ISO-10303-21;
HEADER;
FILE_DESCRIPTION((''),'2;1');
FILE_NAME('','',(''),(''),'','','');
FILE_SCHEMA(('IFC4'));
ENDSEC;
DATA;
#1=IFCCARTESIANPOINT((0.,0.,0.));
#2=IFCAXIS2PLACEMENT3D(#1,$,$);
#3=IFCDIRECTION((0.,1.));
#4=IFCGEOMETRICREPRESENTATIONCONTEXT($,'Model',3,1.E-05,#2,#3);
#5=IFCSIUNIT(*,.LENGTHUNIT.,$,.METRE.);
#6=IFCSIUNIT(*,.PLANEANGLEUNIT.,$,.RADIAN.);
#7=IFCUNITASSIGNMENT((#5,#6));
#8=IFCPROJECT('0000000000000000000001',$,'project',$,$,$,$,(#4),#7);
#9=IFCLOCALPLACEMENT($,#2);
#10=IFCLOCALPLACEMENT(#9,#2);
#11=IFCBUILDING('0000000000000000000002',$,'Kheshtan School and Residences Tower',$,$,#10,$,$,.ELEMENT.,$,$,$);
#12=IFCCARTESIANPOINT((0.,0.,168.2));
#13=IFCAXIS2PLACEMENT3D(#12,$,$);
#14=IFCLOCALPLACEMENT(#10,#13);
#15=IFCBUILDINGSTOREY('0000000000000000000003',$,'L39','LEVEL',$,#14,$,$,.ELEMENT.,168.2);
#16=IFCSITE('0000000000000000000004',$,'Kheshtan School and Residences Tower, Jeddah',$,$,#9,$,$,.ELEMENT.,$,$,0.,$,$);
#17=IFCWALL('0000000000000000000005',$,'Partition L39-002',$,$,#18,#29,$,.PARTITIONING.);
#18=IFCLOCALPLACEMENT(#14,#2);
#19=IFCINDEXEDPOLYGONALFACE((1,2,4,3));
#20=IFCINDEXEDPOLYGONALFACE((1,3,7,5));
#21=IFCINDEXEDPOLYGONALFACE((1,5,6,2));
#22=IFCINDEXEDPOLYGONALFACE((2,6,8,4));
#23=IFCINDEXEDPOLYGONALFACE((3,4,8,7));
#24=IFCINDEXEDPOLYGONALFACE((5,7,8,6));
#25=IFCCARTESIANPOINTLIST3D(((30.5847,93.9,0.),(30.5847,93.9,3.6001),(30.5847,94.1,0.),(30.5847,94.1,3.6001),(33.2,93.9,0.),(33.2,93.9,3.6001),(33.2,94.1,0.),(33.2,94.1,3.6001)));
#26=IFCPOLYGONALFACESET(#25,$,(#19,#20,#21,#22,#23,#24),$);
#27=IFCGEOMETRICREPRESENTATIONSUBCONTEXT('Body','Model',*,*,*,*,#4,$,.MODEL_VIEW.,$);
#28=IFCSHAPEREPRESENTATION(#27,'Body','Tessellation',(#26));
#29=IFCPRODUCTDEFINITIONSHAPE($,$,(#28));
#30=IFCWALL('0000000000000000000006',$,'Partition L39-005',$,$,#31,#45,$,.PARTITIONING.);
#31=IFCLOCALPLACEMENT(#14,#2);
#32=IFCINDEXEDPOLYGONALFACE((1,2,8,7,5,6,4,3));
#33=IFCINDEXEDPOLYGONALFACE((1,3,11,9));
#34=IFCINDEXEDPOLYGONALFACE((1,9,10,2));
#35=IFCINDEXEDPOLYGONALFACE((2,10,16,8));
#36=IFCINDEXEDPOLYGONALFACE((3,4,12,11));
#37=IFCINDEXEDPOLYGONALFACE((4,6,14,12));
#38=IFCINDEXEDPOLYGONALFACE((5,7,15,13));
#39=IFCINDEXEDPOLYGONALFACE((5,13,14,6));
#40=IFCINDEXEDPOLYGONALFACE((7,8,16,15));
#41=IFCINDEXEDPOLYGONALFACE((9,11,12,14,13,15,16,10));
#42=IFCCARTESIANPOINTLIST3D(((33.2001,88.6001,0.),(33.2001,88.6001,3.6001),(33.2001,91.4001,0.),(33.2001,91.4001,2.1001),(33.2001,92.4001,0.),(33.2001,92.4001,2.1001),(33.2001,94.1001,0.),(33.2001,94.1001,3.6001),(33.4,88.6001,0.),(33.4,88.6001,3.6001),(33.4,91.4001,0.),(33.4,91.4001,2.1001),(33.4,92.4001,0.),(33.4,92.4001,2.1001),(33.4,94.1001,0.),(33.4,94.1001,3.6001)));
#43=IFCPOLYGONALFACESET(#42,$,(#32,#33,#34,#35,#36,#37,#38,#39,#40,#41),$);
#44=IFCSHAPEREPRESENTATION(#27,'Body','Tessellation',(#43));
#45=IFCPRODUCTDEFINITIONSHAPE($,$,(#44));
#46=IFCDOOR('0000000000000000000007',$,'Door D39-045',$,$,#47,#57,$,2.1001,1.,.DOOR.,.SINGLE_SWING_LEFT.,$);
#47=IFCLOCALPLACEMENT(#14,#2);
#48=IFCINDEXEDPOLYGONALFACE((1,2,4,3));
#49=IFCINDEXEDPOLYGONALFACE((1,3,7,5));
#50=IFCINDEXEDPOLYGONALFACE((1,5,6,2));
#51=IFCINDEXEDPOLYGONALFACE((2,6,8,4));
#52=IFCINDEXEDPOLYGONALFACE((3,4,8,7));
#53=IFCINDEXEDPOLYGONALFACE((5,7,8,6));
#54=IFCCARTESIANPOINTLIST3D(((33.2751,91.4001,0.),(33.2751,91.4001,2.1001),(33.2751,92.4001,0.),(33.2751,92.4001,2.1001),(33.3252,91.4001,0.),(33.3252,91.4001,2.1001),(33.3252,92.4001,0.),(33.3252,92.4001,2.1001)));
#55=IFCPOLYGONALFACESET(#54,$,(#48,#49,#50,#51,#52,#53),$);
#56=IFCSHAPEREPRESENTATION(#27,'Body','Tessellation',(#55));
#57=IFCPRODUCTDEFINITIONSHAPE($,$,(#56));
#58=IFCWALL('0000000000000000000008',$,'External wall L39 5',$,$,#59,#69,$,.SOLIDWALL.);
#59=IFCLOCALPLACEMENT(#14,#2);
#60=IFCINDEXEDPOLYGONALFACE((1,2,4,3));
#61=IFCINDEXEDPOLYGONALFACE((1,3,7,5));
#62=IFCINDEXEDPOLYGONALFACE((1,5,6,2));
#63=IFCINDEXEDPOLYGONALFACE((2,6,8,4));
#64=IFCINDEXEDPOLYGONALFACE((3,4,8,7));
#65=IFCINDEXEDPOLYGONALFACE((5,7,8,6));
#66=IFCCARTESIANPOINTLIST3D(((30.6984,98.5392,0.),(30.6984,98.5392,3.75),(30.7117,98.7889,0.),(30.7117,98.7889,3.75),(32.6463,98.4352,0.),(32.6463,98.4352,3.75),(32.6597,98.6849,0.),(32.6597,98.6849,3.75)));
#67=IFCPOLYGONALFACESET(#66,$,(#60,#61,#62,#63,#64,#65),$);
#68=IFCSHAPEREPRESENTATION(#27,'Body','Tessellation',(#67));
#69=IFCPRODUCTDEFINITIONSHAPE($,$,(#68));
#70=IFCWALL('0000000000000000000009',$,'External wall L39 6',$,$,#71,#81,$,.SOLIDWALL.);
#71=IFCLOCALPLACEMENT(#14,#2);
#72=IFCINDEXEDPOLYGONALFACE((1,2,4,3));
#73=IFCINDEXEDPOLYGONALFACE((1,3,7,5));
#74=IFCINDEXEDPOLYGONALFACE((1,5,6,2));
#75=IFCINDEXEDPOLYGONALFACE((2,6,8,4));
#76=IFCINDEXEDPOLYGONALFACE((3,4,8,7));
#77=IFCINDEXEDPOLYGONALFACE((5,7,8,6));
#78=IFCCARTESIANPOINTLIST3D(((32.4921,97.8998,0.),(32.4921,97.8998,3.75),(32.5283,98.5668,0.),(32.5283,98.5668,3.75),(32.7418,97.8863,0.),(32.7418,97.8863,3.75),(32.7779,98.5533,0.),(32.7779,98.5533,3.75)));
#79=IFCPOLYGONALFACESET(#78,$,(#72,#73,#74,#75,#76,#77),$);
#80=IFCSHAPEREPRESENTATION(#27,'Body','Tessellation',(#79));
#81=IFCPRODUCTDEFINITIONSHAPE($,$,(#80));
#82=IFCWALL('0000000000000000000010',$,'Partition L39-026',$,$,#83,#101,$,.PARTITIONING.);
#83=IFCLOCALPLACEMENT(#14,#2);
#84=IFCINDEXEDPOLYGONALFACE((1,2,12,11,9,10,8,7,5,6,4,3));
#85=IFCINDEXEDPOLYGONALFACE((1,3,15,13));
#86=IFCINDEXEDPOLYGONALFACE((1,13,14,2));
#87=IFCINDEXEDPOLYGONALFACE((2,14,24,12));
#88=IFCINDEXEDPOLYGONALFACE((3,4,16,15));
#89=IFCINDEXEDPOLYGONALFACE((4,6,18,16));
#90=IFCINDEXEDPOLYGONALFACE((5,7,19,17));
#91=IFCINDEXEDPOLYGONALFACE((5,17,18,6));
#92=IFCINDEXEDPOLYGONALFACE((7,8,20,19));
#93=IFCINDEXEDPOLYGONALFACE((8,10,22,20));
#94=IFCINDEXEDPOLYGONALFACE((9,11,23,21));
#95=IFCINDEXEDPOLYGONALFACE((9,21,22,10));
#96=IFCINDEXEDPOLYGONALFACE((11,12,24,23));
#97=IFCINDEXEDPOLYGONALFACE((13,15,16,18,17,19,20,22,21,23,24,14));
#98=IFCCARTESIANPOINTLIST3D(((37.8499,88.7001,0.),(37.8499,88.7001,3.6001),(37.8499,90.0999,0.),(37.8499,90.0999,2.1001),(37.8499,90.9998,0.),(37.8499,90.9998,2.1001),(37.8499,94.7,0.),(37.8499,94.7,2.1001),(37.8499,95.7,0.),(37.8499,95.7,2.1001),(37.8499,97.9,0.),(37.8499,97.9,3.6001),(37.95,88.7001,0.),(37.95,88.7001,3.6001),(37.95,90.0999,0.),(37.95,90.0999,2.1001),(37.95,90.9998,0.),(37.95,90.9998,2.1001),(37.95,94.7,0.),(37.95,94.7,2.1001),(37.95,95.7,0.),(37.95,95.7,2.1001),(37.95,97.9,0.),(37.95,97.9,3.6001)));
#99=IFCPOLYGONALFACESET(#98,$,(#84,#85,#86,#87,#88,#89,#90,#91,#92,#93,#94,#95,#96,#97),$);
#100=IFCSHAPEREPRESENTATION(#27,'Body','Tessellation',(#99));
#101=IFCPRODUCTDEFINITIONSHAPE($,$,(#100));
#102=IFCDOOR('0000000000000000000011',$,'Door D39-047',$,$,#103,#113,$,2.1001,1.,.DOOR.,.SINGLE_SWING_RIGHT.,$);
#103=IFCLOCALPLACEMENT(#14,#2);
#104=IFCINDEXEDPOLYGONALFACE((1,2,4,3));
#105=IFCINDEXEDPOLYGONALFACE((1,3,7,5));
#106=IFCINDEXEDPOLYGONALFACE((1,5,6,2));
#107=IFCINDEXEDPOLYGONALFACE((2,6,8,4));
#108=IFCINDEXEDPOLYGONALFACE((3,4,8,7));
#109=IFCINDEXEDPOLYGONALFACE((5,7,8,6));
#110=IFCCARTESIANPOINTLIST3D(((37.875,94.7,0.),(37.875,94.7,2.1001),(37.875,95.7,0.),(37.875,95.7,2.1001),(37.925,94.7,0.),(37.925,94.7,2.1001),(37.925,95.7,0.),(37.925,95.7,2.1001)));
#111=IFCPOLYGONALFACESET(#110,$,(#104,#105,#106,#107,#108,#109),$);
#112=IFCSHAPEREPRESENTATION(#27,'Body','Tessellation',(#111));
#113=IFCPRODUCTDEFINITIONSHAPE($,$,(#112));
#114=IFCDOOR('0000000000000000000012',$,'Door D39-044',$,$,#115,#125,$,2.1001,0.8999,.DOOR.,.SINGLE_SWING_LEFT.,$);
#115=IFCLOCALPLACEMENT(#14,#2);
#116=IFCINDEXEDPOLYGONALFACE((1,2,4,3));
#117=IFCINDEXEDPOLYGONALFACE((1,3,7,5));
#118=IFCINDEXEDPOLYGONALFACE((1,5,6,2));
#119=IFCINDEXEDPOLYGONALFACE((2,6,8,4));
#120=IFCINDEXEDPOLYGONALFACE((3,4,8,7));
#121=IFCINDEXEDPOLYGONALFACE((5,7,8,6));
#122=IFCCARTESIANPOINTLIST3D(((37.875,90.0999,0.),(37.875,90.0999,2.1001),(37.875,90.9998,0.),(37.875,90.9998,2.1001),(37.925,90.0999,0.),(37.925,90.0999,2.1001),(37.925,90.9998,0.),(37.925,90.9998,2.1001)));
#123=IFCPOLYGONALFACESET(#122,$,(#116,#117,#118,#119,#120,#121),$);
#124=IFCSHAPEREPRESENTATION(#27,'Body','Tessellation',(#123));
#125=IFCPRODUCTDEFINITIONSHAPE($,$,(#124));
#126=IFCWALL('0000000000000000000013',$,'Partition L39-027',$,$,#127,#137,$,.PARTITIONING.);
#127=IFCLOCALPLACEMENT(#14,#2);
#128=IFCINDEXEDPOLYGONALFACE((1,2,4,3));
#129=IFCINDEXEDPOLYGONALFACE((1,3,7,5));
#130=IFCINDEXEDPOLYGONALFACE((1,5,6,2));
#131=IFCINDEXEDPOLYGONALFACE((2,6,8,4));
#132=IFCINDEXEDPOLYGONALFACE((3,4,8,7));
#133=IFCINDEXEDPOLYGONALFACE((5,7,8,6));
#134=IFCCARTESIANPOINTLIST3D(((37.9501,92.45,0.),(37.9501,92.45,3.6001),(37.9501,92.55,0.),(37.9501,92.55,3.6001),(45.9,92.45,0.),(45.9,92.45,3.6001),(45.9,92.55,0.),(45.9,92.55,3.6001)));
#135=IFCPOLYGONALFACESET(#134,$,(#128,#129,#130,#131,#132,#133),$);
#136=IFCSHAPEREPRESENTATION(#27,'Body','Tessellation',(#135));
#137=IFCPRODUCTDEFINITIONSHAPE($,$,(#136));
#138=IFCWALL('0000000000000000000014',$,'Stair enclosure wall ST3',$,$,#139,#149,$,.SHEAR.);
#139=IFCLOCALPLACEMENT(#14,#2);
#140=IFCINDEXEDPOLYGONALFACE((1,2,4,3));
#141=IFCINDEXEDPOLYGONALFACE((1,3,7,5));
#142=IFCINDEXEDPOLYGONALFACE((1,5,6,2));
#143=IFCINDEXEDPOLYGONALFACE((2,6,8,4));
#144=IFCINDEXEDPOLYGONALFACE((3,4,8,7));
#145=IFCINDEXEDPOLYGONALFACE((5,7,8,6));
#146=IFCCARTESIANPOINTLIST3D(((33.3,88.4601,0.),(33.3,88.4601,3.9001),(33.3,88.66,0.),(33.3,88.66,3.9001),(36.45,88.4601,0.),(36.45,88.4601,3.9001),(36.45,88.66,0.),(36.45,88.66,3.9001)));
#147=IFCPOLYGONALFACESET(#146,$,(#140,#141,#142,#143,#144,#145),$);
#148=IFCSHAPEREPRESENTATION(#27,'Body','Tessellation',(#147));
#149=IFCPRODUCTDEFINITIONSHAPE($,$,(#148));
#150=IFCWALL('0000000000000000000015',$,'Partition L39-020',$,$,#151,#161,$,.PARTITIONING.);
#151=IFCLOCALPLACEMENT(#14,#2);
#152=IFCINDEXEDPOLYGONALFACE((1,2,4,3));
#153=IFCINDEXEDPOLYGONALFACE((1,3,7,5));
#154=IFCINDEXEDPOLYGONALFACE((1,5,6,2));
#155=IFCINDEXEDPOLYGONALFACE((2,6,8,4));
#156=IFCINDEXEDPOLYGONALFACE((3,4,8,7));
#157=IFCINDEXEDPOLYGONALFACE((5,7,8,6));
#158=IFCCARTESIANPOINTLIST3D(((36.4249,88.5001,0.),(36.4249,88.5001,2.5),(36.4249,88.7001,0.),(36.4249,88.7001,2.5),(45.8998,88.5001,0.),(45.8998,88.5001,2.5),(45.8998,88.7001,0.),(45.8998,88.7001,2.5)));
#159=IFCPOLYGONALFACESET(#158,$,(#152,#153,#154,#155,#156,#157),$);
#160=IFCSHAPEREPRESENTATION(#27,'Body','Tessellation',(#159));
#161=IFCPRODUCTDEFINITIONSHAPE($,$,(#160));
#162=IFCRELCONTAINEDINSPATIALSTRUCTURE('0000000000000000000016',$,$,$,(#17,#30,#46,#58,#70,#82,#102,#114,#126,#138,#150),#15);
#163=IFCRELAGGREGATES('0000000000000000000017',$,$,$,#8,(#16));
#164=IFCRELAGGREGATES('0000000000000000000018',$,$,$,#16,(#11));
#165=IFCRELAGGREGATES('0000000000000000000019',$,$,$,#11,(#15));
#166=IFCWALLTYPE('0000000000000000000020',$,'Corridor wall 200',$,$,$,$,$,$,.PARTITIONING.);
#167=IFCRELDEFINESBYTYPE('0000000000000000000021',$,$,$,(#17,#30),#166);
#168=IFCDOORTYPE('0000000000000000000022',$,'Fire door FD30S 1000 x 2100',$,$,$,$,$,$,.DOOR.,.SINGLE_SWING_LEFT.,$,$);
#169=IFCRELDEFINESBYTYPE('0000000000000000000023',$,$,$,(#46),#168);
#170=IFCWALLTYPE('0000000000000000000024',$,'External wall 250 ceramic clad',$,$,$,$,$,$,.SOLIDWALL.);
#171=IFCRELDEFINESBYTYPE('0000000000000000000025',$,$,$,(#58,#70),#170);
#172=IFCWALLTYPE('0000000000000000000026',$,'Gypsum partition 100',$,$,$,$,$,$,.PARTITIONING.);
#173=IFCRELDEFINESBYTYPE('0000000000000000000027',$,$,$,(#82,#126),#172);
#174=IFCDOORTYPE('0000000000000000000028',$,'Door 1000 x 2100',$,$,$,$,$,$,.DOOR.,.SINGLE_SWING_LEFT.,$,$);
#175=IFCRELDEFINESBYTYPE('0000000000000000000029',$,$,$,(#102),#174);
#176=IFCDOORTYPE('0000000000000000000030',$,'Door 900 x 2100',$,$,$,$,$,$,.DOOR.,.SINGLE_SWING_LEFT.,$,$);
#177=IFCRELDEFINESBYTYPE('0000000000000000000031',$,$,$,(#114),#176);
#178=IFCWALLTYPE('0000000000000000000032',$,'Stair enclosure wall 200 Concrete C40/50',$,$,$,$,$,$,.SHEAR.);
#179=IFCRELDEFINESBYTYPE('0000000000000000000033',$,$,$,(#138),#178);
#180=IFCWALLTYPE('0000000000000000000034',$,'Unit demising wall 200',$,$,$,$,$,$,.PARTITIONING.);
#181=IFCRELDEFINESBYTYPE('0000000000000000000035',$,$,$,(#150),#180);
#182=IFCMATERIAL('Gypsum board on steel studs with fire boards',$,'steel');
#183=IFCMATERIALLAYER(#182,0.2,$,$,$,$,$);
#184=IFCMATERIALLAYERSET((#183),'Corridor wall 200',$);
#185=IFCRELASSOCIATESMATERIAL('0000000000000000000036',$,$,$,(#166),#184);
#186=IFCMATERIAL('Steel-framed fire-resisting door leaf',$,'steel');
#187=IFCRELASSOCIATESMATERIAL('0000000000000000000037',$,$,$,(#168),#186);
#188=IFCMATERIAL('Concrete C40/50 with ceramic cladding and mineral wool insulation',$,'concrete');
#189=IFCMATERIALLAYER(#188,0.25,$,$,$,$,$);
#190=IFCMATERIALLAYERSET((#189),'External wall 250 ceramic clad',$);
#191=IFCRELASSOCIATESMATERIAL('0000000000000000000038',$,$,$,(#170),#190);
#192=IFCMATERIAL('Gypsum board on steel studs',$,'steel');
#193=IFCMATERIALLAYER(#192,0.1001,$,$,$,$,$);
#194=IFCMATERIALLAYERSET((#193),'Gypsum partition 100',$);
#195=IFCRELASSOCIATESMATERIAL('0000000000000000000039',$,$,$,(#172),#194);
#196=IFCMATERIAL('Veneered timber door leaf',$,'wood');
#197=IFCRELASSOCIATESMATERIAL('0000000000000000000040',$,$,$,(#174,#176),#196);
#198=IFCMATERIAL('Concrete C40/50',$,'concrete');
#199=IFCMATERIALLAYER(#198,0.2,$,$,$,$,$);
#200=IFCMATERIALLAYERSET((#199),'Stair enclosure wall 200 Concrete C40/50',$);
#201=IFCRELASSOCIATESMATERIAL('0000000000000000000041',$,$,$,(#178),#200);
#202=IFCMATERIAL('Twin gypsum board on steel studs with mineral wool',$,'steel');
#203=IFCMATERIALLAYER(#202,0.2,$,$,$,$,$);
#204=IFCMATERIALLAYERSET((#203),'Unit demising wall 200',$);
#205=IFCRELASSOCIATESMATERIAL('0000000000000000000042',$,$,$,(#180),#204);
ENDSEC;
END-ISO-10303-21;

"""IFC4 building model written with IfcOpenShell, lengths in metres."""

from ifc_helpers import new_model, si_unit, direction, frame, frame_2d, origin, place, context, subcontext, project, spatial, rectangle, extrude, source, transform, mapped, material, layer, layer_set, type_object, element, fill, save


model = new_model("IFC4")

# Units and contexts
model_context = context("Model", 3, precision=1e-05, world=origin(), true_north=direction((0.0, 1.0)))
body_context = subcontext(model_context, "Body", "Model", "MODEL_VIEW")
ifc_project = project(units=[si_unit("LENGTHUNIT", "METRE"), si_unit("PLANEANGLEUNIT", "RADIAN")], contexts=[model_context])

# Site, building, storey
site_placement = place(None, origin())
site = spatial("IfcSite", under=ifc_project, at=site_placement, Name="Kheshtan School and Residences Tower, Jeddah", CompositionType="ELEMENT", RefElevation=0.0)
building_placement = place(site_placement, origin())
building = spatial("IfcBuilding", under=site, at=building_placement, Name="Kheshtan School and Residences Tower", CompositionType="ELEMENT")
storey_placement = place(building_placement, frame((0.0, 0.0, 168.2)))
storey = spatial("IfcBuildingStorey", under=building, at=storey_placement, Name="L39", Description="LEVEL", CompositionType="ELEMENT", Elevation=168.2)

# Wall
ifc_material_1 = material(Name="Gypsum board on steel studs with fire boards", Category="steel")
ifc_layer_1 = layer(ifc_material_1, 0.2)
ifc_layer_set_1 = layer_set([ifc_layer_1], Name="Corridor wall 200")
wall_type_1 = type_object("IfcWallType", Name="Corridor wall 200", PredefinedType="PARTITIONING", material=ifc_layer_set_1)
wall_1_placement = place(storey_placement, frame((30.5847, 94.0, 0.0), z_axis=(0.0, 0.0, 1.0), x_axis=(1.0, 0.0, 0.0)))
element("IfcWall", 1, at=wall_1_placement, inside=storey, type_object=wall_type_1, Name="Partition L39-002", PredefinedType="PARTITIONING", context=body_context, shape_type="SweptSolid", body=[
    extrude(rectangle(XDim=2.6152, YDim=0.2, at=frame_2d((1.3076, 0.0))), origin(), (0.0, 0.0, 1.0), 3.6001),
])

# Wall, opening, door
wall_2_placement = place(storey_placement, frame((33.3, 88.6001, 0.0), z_axis=(0.0, 0.0, 1.0), x_axis=(0.0, 1.0, 0.0)))
wall_2 = element("IfcWall", 2, at=wall_2_placement, inside=storey, type_object=wall_type_1, Name="Partition L39-005", PredefinedType="PARTITIONING", context=body_context, shape_type="SweptSolid", body=[
    extrude(rectangle(XDim=5.5, YDim=0.2, at=frame_2d((2.75, 0.0))), origin(), (0.0, 0.0, 1.0), 3.6001),
])
opening_1_placement = place(wall_2_placement, frame((2.8, 0.0, 0.0)))
opening_1 = element("IfcOpeningElement", 3, at=opening_1_placement, cuts=wall_2, PredefinedType="OPENING", context=body_context, shape_type="SweptSolid", body=[
    extrude(rectangle(XDim=1.0, YDim=2.1001, at=frame_2d((0.5, 1.05))), frame((0.0, 0.1099, 0.0), z_axis=(0.0, -1.0, 0.0), x_axis=(1.0, 0.0, 0.0)), (0.0, 0.0, 1.0), 0.22),
])
ifc_material_2 = material(Name="Steel-framed fire-resisting door leaf", Category="steel")
door_type_1 = type_object("IfcDoorType", Name="Fire door FD30S 1000 x 2100", OperationType="SINGLE_SWING_LEFT", PredefinedType="DOOR", material=ifc_material_2)
shared_shape_1 = source(origin(), body_context, "Body", "SweptSolid", [
    extrude(rectangle(XDim=1.0, YDim=2.1001, at=frame_2d((0.5, 1.05))), frame((0.0, 0.0249, 0.0), z_axis=(0.0, -1.0, 0.0), x_axis=(1.0, 0.0, 0.0)), (0.0, 0.0, 1.0), 0.05),
])
door_1_placement = place(opening_1_placement, origin())
door_1 = element("IfcDoor", 4, at=door_1_placement, inside=storey, type_object=door_type_1, Name="Door D39-045", OperationType="SINGLE_SWING_LEFT", OverallHeight=2.1001, OverallWidth=1.0, PredefinedType="DOOR", context=body_context, shape_type="MappedRepresentation", body=[
    mapped(shared_shape_1, transform((0.0, 0.0, 0.0), x_axis=(1.0, 0.0, 0.0), y_axis=(0.0, 1.0, 0.0), z_axis=(0.0, 0.0, 1.0), scale=1.0)),
])
fill(opening_1, door_1)

# Walls
ifc_material_3 = material(Name="Concrete C40/50 with ceramic cladding and mineral wool insulation", Category="concrete")
ifc_layer_2 = layer(ifc_material_3, 0.25)
ifc_layer_set_2 = layer_set([ifc_layer_2], Name="External wall 250 ceramic clad")
wall_type_2 = type_object("IfcWallType", Name="External wall 250 ceramic clad", PredefinedType="SOLIDWALL", material=ifc_layer_set_2)
wall_3_placement = place(storey_placement, frame((30.7051, 98.6641, 0.0), z_axis=(0.0, 0.0, 1.0), x_axis=(0.998578, -0.053314, 0.0)))
element("IfcWall", 5, at=wall_3_placement, inside=storey, type_object=wall_type_2, Name="External wall L39 5", PredefinedType="SOLIDWALL", context=body_context, shape_type="SweptSolid", body=[
    extrude(rectangle(XDim=1.9507, YDim=0.25, at=frame_2d((0.9753, 0.0))), origin(), (0.0, 0.0, 1.0), 3.75),
])
wall_4_placement = place(storey_placement, frame((32.6531, 98.5601, 0.0), z_axis=(0.0, 0.0, 1.0), x_axis=(-0.054093, -0.998536, 0.0)))
element("IfcWall", 6, at=wall_4_placement, inside=storey, type_object=wall_type_2, Name="External wall L39 6", PredefinedType="SOLIDWALL", context=body_context, shape_type="SweptSolid", body=[
    extrude(rectangle(XDim=0.668, YDim=0.25, at=frame_2d((0.334, 0.0))), origin(), (0.0, 0.0, 1.0), 3.75),
])

# Wall, openings, doors
ifc_material_4 = material(Name="Gypsum board on steel studs", Category="steel")
ifc_layer_3 = layer(ifc_material_4, 0.1001)
ifc_layer_set_3 = layer_set([ifc_layer_3], Name="Gypsum partition 100")
wall_type_3 = type_object("IfcWallType", Name="Gypsum partition 100", PredefinedType="PARTITIONING", material=ifc_layer_set_3)
wall_5_placement = place(storey_placement, frame((37.8999, 88.7, 0.0), z_axis=(0.0, 0.0, 1.0), x_axis=(0.0, 1.0, 0.0)))
wall_5 = element("IfcWall", 7, at=wall_5_placement, inside=storey, type_object=wall_type_3, Name="Partition L39-026", PredefinedType="PARTITIONING", context=body_context, shape_type="SweptSolid", body=[
    extrude(rectangle(XDim=9.2, YDim=0.1001, at=frame_2d((4.6001, 0.0))), origin(), (0.0, 0.0, 1.0), 3.6001),
])
opening_2_placement = place(wall_5_placement, frame((1.3999, 0.0, 0.0)))
opening_2 = element("IfcOpeningElement", 8, at=opening_2_placement, cuts=wall_5, PredefinedType="OPENING", context=body_context, shape_type="SweptSolid", body=[
    extrude(rectangle(XDim=0.8999, YDim=2.1001, at=frame_2d((0.45, 1.05))), frame((0.0, 0.0601, 0.0), z_axis=(0.0, -1.0, 0.0), x_axis=(1.0, 0.0, 0.0)), (0.0, 0.0, 1.0), 0.1201),
])
opening_3_placement = place(wall_5_placement, frame((6.0, 0.0, 0.0)))
opening_3 = element("IfcOpeningElement", 9, at=opening_3_placement, cuts=wall_5, PredefinedType="OPENING", context=body_context, shape_type="SweptSolid", body=[
    extrude(rectangle(XDim=1.0, YDim=2.1001, at=frame_2d((0.5, 1.05))), frame((0.0, 0.0601, 0.0), z_axis=(0.0, -1.0, 0.0), x_axis=(1.0, 0.0, 0.0)), (0.0, 0.0, 1.0), 0.1201),
])
ifc_material_5 = material(Name="Veneered timber door leaf", Category="wood")
door_type_2 = type_object("IfcDoorType", Name="Door 1000 x 2100", OperationType="SINGLE_SWING_LEFT", PredefinedType="DOOR", material=ifc_material_5)
shared_shape_2 = source(origin(), body_context, "Body", "SweptSolid", [
    extrude(rectangle(XDim=1.0, YDim=2.1001, at=frame_2d((0.5, 1.05))), frame((0.0, 0.0249, 0.0), z_axis=(0.0, -1.0, 0.0), x_axis=(1.0, 0.0, 0.0)), (0.0, 0.0, 1.0), 0.05),
])
door_2_placement = place(opening_3_placement, origin())
door_2 = element("IfcDoor", 10, at=door_2_placement, inside=storey, type_object=door_type_2, Name="Door D39-047", OperationType="SINGLE_SWING_RIGHT", OverallHeight=2.1001, OverallWidth=1.0, PredefinedType="DOOR", context=body_context, shape_type="MappedRepresentation", body=[
    mapped(shared_shape_2, transform((0.0, 0.0, 0.0), x_axis=(1.0, 0.0, 0.0), y_axis=(0.0, 1.0, 0.0), z_axis=(0.0, 0.0, 1.0), scale=1.0)),
])
fill(opening_3, door_2)
door_type_3 = type_object("IfcDoorType", Name="Door 900 x 2100", OperationType="SINGLE_SWING_LEFT", PredefinedType="DOOR", material=ifc_material_5)
shared_shape_3 = source(origin(), body_context, "Body", "SweptSolid", [
    extrude(rectangle(XDim=0.8999, YDim=2.1001, at=frame_2d((0.45, 1.05))), frame((0.0, 0.0249, 0.0), z_axis=(0.0, -1.0, 0.0), x_axis=(1.0, 0.0, 0.0)), (0.0, 0.0, 1.0), 0.05),
])
door_3_placement = place(opening_2_placement, origin())
door_3 = element("IfcDoor", 11, at=door_3_placement, inside=storey, type_object=door_type_3, Name="Door D39-044", OperationType="SINGLE_SWING_LEFT", OverallHeight=2.1001, OverallWidth=0.8999, PredefinedType="DOOR", context=body_context, shape_type="MappedRepresentation", body=[
    mapped(shared_shape_3, transform((0.0, 0.0, 0.0), x_axis=(1.0, 0.0, 0.0), y_axis=(0.0, 1.0, 0.0), z_axis=(0.0, 0.0, 1.0), scale=1.0)),
])
fill(opening_2, door_3)

# Walls
wall_6_placement = place(storey_placement, frame((37.95, 92.5, 0.0), z_axis=(0.0, 0.0, 1.0), x_axis=(1.0, 0.0, 0.0)))
element("IfcWall", 12, at=wall_6_placement, inside=storey, type_object=wall_type_3, Name="Partition L39-027", PredefinedType="PARTITIONING", context=body_context, shape_type="SweptSolid", body=[
    extrude(rectangle(XDim=7.95, YDim=0.1001, at=frame_2d((3.9751, 0.0))), origin(), (0.0, 0.0, 1.0), 3.6001),
])
ifc_material_6 = material(Name="Concrete C40/50", Category="concrete")
ifc_layer_4 = layer(ifc_material_6, 0.2)
ifc_layer_set_4 = layer_set([ifc_layer_4], Name="Stair enclosure wall 200 Concrete C40/50")
wall_type_4 = type_object("IfcWallType", Name="Stair enclosure wall 200 Concrete C40/50", PredefinedType="SHEAR", material=ifc_layer_set_4)
wall_7_placement = place(storey_placement, frame((33.3, 88.5601, 0.0), z_axis=(0.0, 0.0, 1.0), x_axis=(1.0, 0.0, 0.0)))
element("IfcWall", 13, at=wall_7_placement, inside=storey, type_object=wall_type_4, Name="Stair enclosure wall ST3", PredefinedType="SHEAR", context=body_context, shape_type="SweptSolid", body=[
    extrude(rectangle(XDim=3.1499, YDim=0.2, at=frame_2d((1.575, 0.0))), origin(), (0.0, 0.0, 1.0), 3.9001),
])
ifc_material_7 = material(Name="Twin gypsum board on steel studs with mineral wool", Category="steel")
ifc_layer_5 = layer(ifc_material_7, 0.2)
ifc_layer_set_5 = layer_set([ifc_layer_5], Name="Unit demising wall 200")
wall_type_5 = type_object("IfcWallType", Name="Unit demising wall 200", PredefinedType="PARTITIONING", material=ifc_layer_set_5)
wall_8_placement = place(storey_placement, frame((36.425, 88.6001, 0.0), z_axis=(0.0, 0.0, 1.0), x_axis=(1.0, 0.0, 0.0)))
element("IfcWall", 14, at=wall_8_placement, inside=storey, type_object=wall_type_5, Name="Partition L39-020", PredefinedType="PARTITIONING", context=body_context, shape_type="SweptSolid", body=[
    extrude(rectangle(XDim=9.4749, YDim=0.2, at=frame_2d((4.7373, 0.0))), origin(), (0.0, 0.0, 1.0), 2.5),
])

save(model, "model.ifc")
